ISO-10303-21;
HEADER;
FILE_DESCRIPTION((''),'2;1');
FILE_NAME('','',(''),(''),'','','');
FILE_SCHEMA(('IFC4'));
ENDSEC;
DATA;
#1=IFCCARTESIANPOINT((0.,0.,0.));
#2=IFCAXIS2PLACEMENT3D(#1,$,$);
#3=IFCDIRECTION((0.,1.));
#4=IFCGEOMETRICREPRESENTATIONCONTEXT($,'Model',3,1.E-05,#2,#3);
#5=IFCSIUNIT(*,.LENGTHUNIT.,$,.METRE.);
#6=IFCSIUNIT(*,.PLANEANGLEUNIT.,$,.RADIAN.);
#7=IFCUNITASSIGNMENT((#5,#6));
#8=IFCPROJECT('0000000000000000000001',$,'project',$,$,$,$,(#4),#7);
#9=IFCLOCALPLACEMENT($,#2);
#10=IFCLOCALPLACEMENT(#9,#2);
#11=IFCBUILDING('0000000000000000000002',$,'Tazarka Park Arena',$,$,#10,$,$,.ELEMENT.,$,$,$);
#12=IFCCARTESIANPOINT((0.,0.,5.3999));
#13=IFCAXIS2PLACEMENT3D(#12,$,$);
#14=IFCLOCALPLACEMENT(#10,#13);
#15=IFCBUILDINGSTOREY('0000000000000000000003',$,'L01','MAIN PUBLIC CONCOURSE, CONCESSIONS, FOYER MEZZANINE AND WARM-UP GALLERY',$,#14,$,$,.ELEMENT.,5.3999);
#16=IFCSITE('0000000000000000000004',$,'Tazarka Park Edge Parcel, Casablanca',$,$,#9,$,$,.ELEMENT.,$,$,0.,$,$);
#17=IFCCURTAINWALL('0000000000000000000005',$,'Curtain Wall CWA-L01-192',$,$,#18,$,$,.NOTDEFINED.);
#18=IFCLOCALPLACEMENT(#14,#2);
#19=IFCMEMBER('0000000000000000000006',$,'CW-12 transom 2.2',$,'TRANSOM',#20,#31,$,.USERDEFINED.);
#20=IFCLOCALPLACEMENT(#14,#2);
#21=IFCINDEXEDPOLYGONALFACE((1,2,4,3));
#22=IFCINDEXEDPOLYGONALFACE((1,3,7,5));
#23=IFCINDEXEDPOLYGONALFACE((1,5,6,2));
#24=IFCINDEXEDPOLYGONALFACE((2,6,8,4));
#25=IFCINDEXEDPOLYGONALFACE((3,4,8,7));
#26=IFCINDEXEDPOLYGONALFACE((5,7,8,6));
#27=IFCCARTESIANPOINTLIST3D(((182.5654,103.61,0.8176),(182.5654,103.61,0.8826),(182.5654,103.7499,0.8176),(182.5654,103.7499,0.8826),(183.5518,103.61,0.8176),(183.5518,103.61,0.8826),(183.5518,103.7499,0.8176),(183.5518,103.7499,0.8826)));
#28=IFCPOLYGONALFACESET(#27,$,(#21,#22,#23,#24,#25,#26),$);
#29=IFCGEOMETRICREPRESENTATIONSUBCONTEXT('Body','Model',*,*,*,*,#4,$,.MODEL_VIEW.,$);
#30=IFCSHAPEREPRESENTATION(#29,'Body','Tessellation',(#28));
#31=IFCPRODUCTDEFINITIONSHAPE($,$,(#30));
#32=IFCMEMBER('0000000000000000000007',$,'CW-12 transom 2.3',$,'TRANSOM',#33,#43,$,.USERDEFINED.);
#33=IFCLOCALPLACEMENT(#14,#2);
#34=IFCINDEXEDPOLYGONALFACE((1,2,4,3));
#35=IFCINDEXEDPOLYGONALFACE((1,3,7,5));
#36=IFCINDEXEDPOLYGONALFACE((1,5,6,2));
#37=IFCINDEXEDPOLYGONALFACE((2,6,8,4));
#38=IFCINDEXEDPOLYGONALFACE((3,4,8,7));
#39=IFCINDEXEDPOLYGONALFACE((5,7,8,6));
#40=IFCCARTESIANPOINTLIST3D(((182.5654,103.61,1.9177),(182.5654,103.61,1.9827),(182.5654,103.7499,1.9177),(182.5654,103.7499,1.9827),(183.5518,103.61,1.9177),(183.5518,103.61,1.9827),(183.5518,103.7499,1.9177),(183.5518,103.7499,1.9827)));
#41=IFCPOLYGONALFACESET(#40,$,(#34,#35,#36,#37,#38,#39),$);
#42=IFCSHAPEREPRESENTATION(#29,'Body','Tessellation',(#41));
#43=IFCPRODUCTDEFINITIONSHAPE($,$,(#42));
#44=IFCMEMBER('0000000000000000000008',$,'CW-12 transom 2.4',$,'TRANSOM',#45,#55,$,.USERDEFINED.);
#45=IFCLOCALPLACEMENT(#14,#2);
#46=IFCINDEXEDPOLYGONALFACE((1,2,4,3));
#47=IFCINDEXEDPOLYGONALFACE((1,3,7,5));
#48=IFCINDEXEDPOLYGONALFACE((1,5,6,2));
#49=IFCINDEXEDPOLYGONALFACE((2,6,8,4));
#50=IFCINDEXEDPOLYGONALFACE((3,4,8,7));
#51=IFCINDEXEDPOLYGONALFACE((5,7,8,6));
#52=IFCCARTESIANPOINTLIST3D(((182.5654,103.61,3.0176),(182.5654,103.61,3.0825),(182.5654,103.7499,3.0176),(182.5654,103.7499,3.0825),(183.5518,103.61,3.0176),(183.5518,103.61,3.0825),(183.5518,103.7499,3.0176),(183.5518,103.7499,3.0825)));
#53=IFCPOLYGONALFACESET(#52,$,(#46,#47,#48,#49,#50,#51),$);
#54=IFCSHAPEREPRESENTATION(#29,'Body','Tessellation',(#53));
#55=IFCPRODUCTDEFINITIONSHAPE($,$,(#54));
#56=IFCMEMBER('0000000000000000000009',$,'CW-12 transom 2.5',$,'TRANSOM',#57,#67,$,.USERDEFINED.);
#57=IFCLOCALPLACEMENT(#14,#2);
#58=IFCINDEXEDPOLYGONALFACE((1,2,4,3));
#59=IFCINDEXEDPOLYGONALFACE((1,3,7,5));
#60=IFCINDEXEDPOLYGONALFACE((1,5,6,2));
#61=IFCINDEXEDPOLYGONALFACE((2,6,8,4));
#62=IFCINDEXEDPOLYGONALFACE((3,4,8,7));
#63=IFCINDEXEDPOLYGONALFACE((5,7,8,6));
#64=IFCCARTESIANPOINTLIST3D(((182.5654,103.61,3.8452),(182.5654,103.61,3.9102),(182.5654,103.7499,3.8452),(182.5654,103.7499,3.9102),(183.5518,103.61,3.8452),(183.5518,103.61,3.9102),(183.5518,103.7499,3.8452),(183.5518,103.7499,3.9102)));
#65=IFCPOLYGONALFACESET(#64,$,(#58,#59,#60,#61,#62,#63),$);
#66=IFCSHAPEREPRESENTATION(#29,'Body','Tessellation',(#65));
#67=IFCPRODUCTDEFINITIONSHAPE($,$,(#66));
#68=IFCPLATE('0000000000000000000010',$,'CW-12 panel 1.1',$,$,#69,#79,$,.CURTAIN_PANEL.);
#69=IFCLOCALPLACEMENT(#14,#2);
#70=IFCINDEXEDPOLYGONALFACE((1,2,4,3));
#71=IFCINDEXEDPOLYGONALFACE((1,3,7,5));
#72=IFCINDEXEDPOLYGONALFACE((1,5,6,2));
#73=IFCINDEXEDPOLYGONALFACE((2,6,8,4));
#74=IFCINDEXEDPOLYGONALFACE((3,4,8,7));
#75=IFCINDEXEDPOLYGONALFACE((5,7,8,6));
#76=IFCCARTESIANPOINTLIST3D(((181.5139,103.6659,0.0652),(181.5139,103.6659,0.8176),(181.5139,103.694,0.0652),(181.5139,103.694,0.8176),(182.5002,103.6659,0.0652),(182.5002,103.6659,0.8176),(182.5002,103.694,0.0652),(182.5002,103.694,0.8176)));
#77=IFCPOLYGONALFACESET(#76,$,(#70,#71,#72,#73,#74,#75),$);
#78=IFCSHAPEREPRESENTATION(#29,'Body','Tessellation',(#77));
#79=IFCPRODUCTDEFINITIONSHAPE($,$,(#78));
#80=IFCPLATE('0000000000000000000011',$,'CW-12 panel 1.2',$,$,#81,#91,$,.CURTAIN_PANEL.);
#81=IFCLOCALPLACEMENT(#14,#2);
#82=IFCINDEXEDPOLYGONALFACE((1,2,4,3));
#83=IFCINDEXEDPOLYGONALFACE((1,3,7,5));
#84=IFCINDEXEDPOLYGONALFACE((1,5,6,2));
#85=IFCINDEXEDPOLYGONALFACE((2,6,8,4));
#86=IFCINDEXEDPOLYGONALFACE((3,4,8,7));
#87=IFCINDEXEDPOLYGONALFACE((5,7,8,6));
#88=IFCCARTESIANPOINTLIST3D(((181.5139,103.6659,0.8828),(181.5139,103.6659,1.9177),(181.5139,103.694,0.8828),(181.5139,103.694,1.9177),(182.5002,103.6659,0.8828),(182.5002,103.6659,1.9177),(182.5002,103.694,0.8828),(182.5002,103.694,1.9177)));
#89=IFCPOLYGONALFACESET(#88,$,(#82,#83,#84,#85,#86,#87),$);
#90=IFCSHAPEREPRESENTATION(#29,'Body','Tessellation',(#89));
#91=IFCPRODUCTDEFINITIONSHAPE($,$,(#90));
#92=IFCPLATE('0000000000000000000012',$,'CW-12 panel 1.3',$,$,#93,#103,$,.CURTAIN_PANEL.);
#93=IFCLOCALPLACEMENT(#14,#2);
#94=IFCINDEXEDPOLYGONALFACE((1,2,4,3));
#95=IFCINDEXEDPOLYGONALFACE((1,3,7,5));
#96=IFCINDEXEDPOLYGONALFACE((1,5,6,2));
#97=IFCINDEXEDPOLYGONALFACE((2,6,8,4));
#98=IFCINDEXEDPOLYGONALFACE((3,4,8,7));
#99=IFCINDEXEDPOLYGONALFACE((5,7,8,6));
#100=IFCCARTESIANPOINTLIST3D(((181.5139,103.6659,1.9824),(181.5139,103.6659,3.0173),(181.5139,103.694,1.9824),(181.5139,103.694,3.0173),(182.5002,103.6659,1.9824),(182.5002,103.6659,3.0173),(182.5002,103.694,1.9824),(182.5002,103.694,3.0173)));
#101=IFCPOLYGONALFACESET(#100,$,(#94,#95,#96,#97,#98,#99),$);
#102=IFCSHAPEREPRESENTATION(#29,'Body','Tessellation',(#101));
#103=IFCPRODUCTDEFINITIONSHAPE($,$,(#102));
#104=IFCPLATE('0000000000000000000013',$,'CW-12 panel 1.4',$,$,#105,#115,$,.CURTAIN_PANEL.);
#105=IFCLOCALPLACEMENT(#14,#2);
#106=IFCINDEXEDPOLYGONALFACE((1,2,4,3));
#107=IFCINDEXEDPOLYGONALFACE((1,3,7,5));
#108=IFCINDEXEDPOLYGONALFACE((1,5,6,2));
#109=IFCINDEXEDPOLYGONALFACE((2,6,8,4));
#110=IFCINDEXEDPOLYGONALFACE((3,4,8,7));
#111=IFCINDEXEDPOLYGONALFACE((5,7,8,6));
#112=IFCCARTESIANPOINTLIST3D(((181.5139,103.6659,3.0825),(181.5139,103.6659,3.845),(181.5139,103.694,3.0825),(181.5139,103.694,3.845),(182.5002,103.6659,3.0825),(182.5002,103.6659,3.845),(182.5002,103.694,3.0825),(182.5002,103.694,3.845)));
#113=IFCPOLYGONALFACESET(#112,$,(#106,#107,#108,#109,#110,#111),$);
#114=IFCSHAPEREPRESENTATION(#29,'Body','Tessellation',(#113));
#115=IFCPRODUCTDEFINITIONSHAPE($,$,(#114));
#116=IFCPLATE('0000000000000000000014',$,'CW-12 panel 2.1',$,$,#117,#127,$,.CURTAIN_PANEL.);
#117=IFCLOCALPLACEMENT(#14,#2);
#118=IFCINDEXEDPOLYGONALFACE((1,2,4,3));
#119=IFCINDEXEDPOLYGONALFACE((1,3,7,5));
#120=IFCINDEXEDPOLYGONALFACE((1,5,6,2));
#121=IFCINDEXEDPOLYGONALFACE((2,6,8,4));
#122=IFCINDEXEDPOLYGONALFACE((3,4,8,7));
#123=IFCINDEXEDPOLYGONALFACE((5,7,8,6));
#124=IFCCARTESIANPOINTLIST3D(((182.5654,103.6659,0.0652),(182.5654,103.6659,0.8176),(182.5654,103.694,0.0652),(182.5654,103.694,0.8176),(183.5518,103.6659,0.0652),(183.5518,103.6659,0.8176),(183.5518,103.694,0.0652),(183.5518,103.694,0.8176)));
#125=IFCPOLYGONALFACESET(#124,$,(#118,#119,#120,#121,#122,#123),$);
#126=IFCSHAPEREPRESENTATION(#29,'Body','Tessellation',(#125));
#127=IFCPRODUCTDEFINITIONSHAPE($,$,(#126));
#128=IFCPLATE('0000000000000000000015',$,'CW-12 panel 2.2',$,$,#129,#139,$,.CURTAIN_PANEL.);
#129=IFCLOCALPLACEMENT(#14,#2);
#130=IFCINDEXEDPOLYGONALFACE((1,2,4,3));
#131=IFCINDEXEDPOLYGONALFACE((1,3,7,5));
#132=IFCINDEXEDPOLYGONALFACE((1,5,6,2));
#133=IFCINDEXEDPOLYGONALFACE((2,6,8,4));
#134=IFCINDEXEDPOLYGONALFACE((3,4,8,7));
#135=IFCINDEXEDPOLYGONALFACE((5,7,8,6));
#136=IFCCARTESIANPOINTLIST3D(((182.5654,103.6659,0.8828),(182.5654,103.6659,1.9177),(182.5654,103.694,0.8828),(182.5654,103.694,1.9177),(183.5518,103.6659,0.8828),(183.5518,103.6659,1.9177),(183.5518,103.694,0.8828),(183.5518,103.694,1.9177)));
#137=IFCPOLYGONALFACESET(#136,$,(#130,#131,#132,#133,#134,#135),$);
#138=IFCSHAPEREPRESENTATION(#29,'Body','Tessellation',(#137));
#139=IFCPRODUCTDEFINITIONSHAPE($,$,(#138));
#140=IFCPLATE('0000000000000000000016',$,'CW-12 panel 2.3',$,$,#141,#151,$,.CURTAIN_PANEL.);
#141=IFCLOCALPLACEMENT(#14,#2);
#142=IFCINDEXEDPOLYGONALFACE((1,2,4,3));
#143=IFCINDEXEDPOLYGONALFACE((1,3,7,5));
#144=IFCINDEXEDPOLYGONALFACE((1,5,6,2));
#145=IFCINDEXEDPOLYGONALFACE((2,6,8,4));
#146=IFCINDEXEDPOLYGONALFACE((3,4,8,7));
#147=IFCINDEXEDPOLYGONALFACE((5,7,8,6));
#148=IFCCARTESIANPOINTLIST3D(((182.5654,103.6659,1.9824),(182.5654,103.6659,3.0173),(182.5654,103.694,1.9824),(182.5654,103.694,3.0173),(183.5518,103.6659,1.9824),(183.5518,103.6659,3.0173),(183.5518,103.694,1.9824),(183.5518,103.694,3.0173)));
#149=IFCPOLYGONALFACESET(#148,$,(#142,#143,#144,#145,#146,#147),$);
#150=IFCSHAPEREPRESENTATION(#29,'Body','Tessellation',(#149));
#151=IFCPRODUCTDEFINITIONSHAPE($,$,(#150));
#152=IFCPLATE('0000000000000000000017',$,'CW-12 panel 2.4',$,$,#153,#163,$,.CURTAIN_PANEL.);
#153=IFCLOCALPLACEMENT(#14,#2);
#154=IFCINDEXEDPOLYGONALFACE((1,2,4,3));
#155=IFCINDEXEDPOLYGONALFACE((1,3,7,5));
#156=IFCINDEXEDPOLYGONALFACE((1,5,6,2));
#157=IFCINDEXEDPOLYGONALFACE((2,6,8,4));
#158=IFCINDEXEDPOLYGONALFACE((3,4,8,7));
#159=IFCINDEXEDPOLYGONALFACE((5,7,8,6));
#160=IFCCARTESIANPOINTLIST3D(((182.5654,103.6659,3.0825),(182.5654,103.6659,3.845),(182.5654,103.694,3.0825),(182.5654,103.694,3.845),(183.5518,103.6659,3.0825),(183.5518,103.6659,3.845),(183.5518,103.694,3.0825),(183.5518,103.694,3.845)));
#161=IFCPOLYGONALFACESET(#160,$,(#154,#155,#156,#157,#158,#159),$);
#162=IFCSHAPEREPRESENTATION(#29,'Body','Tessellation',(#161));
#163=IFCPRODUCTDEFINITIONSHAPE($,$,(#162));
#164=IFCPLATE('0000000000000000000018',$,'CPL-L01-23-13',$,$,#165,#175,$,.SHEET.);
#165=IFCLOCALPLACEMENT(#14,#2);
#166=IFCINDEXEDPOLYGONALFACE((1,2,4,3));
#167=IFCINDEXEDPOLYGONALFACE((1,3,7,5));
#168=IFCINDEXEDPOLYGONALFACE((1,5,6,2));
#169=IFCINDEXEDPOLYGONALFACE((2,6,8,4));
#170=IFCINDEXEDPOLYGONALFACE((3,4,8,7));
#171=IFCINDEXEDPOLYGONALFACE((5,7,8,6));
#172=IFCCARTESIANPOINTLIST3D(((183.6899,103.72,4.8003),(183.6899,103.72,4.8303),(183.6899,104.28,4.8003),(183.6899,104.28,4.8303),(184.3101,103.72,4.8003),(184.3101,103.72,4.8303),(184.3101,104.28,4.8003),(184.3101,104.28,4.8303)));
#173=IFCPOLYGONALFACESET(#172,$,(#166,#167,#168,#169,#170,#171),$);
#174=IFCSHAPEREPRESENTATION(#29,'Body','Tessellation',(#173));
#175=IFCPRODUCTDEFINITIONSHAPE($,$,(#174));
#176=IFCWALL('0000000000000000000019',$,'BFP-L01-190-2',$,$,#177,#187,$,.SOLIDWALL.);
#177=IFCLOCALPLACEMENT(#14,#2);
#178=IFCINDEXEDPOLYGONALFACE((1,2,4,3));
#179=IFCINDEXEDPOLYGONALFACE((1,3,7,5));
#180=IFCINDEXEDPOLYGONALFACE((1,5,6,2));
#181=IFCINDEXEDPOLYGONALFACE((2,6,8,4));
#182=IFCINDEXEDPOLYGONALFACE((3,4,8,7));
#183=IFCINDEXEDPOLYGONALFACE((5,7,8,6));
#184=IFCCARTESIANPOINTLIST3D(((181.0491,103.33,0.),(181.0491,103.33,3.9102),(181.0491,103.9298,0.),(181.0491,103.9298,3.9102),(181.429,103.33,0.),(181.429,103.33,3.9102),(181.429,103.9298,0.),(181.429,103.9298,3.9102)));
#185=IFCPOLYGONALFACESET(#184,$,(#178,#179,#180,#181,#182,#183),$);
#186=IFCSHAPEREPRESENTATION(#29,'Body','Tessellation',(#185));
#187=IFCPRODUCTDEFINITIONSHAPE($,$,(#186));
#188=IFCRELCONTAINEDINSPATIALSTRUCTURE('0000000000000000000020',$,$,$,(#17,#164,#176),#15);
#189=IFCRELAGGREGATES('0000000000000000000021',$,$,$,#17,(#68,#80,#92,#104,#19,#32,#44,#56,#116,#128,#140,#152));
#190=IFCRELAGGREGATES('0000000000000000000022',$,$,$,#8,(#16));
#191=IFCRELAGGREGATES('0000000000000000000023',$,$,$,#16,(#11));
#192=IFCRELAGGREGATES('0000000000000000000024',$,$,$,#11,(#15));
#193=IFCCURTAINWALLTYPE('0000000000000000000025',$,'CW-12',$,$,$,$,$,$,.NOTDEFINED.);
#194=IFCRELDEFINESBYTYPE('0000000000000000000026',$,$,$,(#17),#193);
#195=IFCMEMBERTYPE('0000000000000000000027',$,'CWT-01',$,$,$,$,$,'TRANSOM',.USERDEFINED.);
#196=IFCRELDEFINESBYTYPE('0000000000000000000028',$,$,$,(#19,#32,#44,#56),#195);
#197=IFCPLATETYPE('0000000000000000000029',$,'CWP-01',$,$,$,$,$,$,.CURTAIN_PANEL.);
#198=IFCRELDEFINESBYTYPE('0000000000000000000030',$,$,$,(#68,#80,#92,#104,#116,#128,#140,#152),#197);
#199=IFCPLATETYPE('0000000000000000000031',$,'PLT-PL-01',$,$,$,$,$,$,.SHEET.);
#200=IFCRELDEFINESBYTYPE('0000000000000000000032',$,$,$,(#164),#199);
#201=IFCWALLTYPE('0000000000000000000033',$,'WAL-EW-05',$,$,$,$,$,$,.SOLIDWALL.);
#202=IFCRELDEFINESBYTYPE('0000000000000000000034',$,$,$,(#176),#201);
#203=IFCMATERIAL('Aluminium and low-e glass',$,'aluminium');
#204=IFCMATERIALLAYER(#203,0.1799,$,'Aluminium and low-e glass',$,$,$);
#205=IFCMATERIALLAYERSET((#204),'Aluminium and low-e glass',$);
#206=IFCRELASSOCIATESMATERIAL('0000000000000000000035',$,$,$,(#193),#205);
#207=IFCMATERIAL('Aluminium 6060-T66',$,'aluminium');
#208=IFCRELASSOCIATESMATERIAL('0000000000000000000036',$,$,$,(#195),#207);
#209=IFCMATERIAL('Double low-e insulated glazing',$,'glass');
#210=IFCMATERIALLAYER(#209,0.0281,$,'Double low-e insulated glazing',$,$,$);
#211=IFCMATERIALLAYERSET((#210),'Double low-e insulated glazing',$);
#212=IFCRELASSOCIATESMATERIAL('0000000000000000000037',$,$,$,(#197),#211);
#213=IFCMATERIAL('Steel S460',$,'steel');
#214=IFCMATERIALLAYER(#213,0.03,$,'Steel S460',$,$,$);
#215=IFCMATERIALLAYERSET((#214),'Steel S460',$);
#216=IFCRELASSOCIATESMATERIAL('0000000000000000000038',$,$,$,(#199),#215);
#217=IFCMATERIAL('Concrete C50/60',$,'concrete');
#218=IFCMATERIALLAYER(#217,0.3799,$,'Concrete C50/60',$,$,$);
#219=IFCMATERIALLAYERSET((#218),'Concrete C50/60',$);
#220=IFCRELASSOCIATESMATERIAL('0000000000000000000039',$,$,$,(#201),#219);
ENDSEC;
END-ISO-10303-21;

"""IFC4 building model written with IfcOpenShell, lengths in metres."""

from ifc_helpers import new_model, si_unit, direction, frame, frame_2d, origin, origin_2d, place, context, subcontext, project, spatial, rectangle, extrude, material, layer, layer_set, material_profile, profile_set, type_object, element, aggregate, save


model = new_model("IFC4")

# Units and contexts
model_context = context("Model", 3, precision=1e-05, world=origin(), true_north=direction((0.0, 1.0)))
body_context = subcontext(model_context, "Body", "Model", "MODEL_VIEW")
ifc_project = project(units=[si_unit("LENGTHUNIT", "METRE"), si_unit("PLANEANGLEUNIT", "RADIAN")], contexts=[model_context])

# Site, building, storey
site_placement = place(None, origin())
site = spatial("IfcSite", under=ifc_project, at=site_placement, Name="Tazarka Park Edge Parcel, Casablanca", CompositionType="ELEMENT", RefElevation=0.0)
building_placement = place(site_placement, origin())
building = spatial("IfcBuilding", under=site, at=building_placement, Name="Tazarka Park Arena", CompositionType="ELEMENT")
storey_placement = place(building_placement, frame((0.0, 0.0, 5.3999)))
storey = spatial("IfcBuildingStorey", under=building, at=storey_placement, Name="L01", Description="MAIN PUBLIC CONCOURSE, CONCESSIONS, FOYER MEZZANINE AND WARM-UP GALLERY", CompositionType="ELEMENT", Elevation=5.3999)

# Curtain wall
ifc_material_1 = material(Name="Aluminium and low-e glass", Category="aluminium")
ifc_layer_1 = layer(ifc_material_1, 0.1799, Name="Aluminium and low-e glass")
ifc_layer_set_1 = layer_set([ifc_layer_1], Name="Aluminium and low-e glass")
curtain_wall_type_1 = type_object("IfcCurtainWallType", Name="CW-12", PredefinedType="NOTDEFINED", material=ifc_layer_set_1)
curtain_wall_1_placement = place(storey_placement, origin())
curtain_wall_1 = element("IfcCurtainWall", 1, at=curtain_wall_1_placement, inside=storey, type_object=curtain_wall_type_1, Name="Curtain Wall CWA-L01-192", PredefinedType="NOTDEFINED")

# Members
ifc_material_2 = material(Name="Aluminium 6060-T66", Category="aluminium")
ifc_material_profile_1 = material_profile(ifc_material_2, rectangle(XDim=0.1399, YDim=0.0649, at=origin_2d()), Name="Aluminium 6060-T66")
ifc_profile_set_1 = profile_set([ifc_material_profile_1], Name="Aluminium 6060-T66")
member_type_1 = type_object("IfcMemberType", Name="CWT-01", ElementType="TRANSOM", PredefinedType="USERDEFINED", material=ifc_profile_set_1)
member_1_placement = place(storey_placement, frame((182.5654, 103.6799, 0.8501), z_axis=(1.0, 0.0, 0.0), x_axis=(0.0, 1.0, 0.0)))
member_1 = element("IfcMember", 2, at=member_1_placement, type_object=member_type_1, Name="CW-12 transom 2.2", ObjectType="TRANSOM", PredefinedType="USERDEFINED", context=body_context, shape_type="SweptSolid", body=[
    extrude(rectangle(XDim=0.1399, YDim=0.0649, at=origin_2d()), origin(), (0.0, 0.0, 1.0), 0.9863),
])
member_2_placement = place(storey_placement, frame((182.5654, 103.6799, 1.9502), z_axis=(1.0, 0.0, 0.0), x_axis=(0.0, 1.0, 0.0)))
member_2 = element("IfcMember", 3, at=member_2_placement, type_object=member_type_1, Name="CW-12 transom 2.3", ObjectType="TRANSOM", PredefinedType="USERDEFINED", context=body_context, shape_type="SweptSolid", body=[
    extrude(rectangle(XDim=0.1399, YDim=0.0649, at=origin_2d()), origin(), (0.0, 0.0, 1.0), 0.9863),
])
member_3_placement = place(storey_placement, frame((182.5654, 103.6799, 3.05), z_axis=(1.0, 0.0, 0.0), x_axis=(0.0, 1.0, 0.0)))
member_3 = element("IfcMember", 4, at=member_3_placement, type_object=member_type_1, Name="CW-12 transom 2.4", ObjectType="TRANSOM", PredefinedType="USERDEFINED", context=body_context, shape_type="SweptSolid", body=[
    extrude(rectangle(XDim=0.1399, YDim=0.0649, at=origin_2d()), origin(), (0.0, 0.0, 1.0), 0.9863),
])
member_4_placement = place(storey_placement, frame((182.5654, 103.6799, 3.8777), z_axis=(1.0, 0.0, 0.0), x_axis=(0.0, 1.0, 0.0)))
member_4 = element("IfcMember", 5, at=member_4_placement, type_object=member_type_1, Name="CW-12 transom 2.5", ObjectType="TRANSOM", PredefinedType="USERDEFINED", context=body_context, shape_type="SweptSolid", body=[
    extrude(rectangle(XDim=0.1399, YDim=0.0649, at=origin_2d()), origin(), (0.0, 0.0, 1.0), 0.9863),
])

# Plates
ifc_material_3 = material(Name="Double low-e insulated glazing", Category="glass")
ifc_layer_2 = layer(ifc_material_3, 0.0281, Name="Double low-e insulated glazing")
ifc_layer_set_2 = layer_set([ifc_layer_2], Name="Double low-e insulated glazing")
plate_type_1 = type_object("IfcPlateType", Name="CWP-01", PredefinedType="CURTAIN_PANEL", material=ifc_layer_set_2)
plate_1_placement = place(storey_placement, frame((182.0071, 103.6799, 0.0652), z_axis=(0.0, 0.0, 1.0), x_axis=(1.0, 0.0, 0.0)))
plate_1 = element("IfcPlate", 6, at=plate_1_placement, type_object=plate_type_1, Name="CW-12 panel 1.1", PredefinedType="CURTAIN_PANEL", context=body_context, shape_type="SweptSolid", body=[
    extrude(rectangle(XDim=0.9863, YDim=0.0281, at=origin_2d()), origin(), (0.0, 0.0, 1.0), 0.7524),
])
plate_2_placement = place(storey_placement, frame((182.0071, 103.6799, 0.8828), z_axis=(0.0, 0.0, 1.0), x_axis=(1.0, 0.0, 0.0)))
plate_2 = element("IfcPlate", 7, at=plate_2_placement, type_object=plate_type_1, Name="CW-12 panel 1.2", PredefinedType="CURTAIN_PANEL", context=body_context, shape_type="SweptSolid", body=[
    extrude(rectangle(XDim=0.9863, YDim=0.0281, at=origin_2d()), origin(), (0.0, 0.0, 1.0), 1.0349),
])
plate_3_placement = place(storey_placement, frame((182.0071, 103.6799, 1.9824), z_axis=(0.0, 0.0, 1.0), x_axis=(1.0, 0.0, 0.0)))
plate_3 = element("IfcPlate", 8, at=plate_3_placement, type_object=plate_type_1, Name="CW-12 panel 1.3", PredefinedType="CURTAIN_PANEL", context=body_context, shape_type="SweptSolid", body=[
    extrude(rectangle(XDim=0.9863, YDim=0.0281, at=origin_2d()), origin(), (0.0, 0.0, 1.0), 1.0349),
])
plate_4_placement = place(storey_placement, frame((182.0071, 103.6799, 3.0825), z_axis=(0.0, 0.0, 1.0), x_axis=(1.0, 0.0, 0.0)))
plate_4 = element("IfcPlate", 9, at=plate_4_placement, type_object=plate_type_1, Name="CW-12 panel 1.4", PredefinedType="CURTAIN_PANEL", context=body_context, shape_type="SweptSolid", body=[
    extrude(rectangle(XDim=0.9863, YDim=0.0281, at=origin_2d()), origin(), (0.0, 0.0, 1.0), 0.7625),
])
plate_5_placement = place(storey_placement, frame((183.0586, 103.6799, 0.0652), z_axis=(0.0, 0.0, 1.0), x_axis=(1.0, 0.0, 0.0)))
plate_5 = element("IfcPlate", 10, at=plate_5_placement, type_object=plate_type_1, Name="CW-12 panel 2.1", PredefinedType="CURTAIN_PANEL", context=body_context, shape_type="SweptSolid", body=[
    extrude(rectangle(XDim=0.9863, YDim=0.0281, at=origin_2d()), origin(), (0.0, 0.0, 1.0), 0.7524),
])
plate_6_placement = place(storey_placement, frame((183.0586, 103.6799, 0.8828), z_axis=(0.0, 0.0, 1.0), x_axis=(1.0, 0.0, 0.0)))
plate_6 = element("IfcPlate", 11, at=plate_6_placement, type_object=plate_type_1, Name="CW-12 panel 2.2", PredefinedType="CURTAIN_PANEL", context=body_context, shape_type="SweptSolid", body=[
    extrude(rectangle(XDim=0.9863, YDim=0.0281, at=origin_2d()), origin(), (0.0, 0.0, 1.0), 1.0349),
])
plate_7_placement = place(storey_placement, frame((183.0586, 103.6799, 1.9824), z_axis=(0.0, 0.0, 1.0), x_axis=(1.0, 0.0, 0.0)))
plate_7 = element("IfcPlate", 12, at=plate_7_placement, type_object=plate_type_1, Name="CW-12 panel 2.3", PredefinedType="CURTAIN_PANEL", context=body_context, shape_type="SweptSolid", body=[
    extrude(rectangle(XDim=0.9863, YDim=0.0281, at=origin_2d()), origin(), (0.0, 0.0, 1.0), 1.0349),
])
plate_8_placement = place(storey_placement, frame((183.0586, 103.6799, 3.0825), z_axis=(0.0, 0.0, 1.0), x_axis=(1.0, 0.0, 0.0)))
plate_8 = element("IfcPlate", 13, at=plate_8_placement, type_object=plate_type_1, Name="CW-12 panel 2.4", PredefinedType="CURTAIN_PANEL", context=body_context, shape_type="SweptSolid", body=[
    extrude(rectangle(XDim=0.9863, YDim=0.0281, at=origin_2d()), origin(), (0.0, 0.0, 1.0), 0.7625),
])
aggregate(curtain_wall_1, [plate_1, plate_2, plate_3, plate_4, member_1, member_2, member_3, member_4, plate_5, plate_6, plate_7, plate_8])
ifc_material_4 = material(Name="Steel S460", Category="steel")
ifc_layer_3 = layer(ifc_material_4, 0.03, Name="Steel S460")
ifc_layer_set_3 = layer_set([ifc_layer_3], Name="Steel S460")
plate_type_2 = type_object("IfcPlateType", Name="PLT-PL-01", PredefinedType="SHEET", material=ifc_layer_set_3)
plate_9_placement = place(storey_placement, frame((184.0, 104.0, 4.8003), z_axis=(0.0, 0.0, 1.0), x_axis=(1.0, 0.0, 0.0)))
element("IfcPlate", 14, at=plate_9_placement, inside=storey, type_object=plate_type_2, Name="CPL-L01-23-13", PredefinedType="SHEET", context=body_context, shape_type="SweptSolid", body=[
    extrude(rectangle(XDim=0.6201, YDim=0.5601, at=origin_2d()), origin(), (0.0, 0.0, 1.0), 0.03),
])

# Wall
ifc_material_5 = material(Name="Concrete C50/60", Category="concrete")
ifc_layer_4 = layer(ifc_material_5, 0.3799, Name="Concrete C50/60")
ifc_layer_set_4 = layer_set([ifc_layer_4], Name="Concrete C50/60")
wall_type_1 = type_object("IfcWallType", Name="WAL-EW-05", PredefinedType="SOLIDWALL", material=ifc_layer_set_4)
wall_1_placement = place(storey_placement, frame((181.239, 103.3301, 0.0), z_axis=(0.0, 0.0, 1.0), x_axis=(0.0, 1.0, 0.0)))
element("IfcWall", 15, at=wall_1_placement, inside=storey, type_object=wall_type_1, Name="BFP-L01-190-2", PredefinedType="SOLIDWALL", context=body_context, shape_type="SweptSolid", body=[
    extrude(rectangle(XDim=0.5999, YDim=0.3799, at=frame_2d((0.2998, 0.0))), origin(), (0.0, 0.0, 1.0), 3.9102),
])

save(model, "model.ifc")
